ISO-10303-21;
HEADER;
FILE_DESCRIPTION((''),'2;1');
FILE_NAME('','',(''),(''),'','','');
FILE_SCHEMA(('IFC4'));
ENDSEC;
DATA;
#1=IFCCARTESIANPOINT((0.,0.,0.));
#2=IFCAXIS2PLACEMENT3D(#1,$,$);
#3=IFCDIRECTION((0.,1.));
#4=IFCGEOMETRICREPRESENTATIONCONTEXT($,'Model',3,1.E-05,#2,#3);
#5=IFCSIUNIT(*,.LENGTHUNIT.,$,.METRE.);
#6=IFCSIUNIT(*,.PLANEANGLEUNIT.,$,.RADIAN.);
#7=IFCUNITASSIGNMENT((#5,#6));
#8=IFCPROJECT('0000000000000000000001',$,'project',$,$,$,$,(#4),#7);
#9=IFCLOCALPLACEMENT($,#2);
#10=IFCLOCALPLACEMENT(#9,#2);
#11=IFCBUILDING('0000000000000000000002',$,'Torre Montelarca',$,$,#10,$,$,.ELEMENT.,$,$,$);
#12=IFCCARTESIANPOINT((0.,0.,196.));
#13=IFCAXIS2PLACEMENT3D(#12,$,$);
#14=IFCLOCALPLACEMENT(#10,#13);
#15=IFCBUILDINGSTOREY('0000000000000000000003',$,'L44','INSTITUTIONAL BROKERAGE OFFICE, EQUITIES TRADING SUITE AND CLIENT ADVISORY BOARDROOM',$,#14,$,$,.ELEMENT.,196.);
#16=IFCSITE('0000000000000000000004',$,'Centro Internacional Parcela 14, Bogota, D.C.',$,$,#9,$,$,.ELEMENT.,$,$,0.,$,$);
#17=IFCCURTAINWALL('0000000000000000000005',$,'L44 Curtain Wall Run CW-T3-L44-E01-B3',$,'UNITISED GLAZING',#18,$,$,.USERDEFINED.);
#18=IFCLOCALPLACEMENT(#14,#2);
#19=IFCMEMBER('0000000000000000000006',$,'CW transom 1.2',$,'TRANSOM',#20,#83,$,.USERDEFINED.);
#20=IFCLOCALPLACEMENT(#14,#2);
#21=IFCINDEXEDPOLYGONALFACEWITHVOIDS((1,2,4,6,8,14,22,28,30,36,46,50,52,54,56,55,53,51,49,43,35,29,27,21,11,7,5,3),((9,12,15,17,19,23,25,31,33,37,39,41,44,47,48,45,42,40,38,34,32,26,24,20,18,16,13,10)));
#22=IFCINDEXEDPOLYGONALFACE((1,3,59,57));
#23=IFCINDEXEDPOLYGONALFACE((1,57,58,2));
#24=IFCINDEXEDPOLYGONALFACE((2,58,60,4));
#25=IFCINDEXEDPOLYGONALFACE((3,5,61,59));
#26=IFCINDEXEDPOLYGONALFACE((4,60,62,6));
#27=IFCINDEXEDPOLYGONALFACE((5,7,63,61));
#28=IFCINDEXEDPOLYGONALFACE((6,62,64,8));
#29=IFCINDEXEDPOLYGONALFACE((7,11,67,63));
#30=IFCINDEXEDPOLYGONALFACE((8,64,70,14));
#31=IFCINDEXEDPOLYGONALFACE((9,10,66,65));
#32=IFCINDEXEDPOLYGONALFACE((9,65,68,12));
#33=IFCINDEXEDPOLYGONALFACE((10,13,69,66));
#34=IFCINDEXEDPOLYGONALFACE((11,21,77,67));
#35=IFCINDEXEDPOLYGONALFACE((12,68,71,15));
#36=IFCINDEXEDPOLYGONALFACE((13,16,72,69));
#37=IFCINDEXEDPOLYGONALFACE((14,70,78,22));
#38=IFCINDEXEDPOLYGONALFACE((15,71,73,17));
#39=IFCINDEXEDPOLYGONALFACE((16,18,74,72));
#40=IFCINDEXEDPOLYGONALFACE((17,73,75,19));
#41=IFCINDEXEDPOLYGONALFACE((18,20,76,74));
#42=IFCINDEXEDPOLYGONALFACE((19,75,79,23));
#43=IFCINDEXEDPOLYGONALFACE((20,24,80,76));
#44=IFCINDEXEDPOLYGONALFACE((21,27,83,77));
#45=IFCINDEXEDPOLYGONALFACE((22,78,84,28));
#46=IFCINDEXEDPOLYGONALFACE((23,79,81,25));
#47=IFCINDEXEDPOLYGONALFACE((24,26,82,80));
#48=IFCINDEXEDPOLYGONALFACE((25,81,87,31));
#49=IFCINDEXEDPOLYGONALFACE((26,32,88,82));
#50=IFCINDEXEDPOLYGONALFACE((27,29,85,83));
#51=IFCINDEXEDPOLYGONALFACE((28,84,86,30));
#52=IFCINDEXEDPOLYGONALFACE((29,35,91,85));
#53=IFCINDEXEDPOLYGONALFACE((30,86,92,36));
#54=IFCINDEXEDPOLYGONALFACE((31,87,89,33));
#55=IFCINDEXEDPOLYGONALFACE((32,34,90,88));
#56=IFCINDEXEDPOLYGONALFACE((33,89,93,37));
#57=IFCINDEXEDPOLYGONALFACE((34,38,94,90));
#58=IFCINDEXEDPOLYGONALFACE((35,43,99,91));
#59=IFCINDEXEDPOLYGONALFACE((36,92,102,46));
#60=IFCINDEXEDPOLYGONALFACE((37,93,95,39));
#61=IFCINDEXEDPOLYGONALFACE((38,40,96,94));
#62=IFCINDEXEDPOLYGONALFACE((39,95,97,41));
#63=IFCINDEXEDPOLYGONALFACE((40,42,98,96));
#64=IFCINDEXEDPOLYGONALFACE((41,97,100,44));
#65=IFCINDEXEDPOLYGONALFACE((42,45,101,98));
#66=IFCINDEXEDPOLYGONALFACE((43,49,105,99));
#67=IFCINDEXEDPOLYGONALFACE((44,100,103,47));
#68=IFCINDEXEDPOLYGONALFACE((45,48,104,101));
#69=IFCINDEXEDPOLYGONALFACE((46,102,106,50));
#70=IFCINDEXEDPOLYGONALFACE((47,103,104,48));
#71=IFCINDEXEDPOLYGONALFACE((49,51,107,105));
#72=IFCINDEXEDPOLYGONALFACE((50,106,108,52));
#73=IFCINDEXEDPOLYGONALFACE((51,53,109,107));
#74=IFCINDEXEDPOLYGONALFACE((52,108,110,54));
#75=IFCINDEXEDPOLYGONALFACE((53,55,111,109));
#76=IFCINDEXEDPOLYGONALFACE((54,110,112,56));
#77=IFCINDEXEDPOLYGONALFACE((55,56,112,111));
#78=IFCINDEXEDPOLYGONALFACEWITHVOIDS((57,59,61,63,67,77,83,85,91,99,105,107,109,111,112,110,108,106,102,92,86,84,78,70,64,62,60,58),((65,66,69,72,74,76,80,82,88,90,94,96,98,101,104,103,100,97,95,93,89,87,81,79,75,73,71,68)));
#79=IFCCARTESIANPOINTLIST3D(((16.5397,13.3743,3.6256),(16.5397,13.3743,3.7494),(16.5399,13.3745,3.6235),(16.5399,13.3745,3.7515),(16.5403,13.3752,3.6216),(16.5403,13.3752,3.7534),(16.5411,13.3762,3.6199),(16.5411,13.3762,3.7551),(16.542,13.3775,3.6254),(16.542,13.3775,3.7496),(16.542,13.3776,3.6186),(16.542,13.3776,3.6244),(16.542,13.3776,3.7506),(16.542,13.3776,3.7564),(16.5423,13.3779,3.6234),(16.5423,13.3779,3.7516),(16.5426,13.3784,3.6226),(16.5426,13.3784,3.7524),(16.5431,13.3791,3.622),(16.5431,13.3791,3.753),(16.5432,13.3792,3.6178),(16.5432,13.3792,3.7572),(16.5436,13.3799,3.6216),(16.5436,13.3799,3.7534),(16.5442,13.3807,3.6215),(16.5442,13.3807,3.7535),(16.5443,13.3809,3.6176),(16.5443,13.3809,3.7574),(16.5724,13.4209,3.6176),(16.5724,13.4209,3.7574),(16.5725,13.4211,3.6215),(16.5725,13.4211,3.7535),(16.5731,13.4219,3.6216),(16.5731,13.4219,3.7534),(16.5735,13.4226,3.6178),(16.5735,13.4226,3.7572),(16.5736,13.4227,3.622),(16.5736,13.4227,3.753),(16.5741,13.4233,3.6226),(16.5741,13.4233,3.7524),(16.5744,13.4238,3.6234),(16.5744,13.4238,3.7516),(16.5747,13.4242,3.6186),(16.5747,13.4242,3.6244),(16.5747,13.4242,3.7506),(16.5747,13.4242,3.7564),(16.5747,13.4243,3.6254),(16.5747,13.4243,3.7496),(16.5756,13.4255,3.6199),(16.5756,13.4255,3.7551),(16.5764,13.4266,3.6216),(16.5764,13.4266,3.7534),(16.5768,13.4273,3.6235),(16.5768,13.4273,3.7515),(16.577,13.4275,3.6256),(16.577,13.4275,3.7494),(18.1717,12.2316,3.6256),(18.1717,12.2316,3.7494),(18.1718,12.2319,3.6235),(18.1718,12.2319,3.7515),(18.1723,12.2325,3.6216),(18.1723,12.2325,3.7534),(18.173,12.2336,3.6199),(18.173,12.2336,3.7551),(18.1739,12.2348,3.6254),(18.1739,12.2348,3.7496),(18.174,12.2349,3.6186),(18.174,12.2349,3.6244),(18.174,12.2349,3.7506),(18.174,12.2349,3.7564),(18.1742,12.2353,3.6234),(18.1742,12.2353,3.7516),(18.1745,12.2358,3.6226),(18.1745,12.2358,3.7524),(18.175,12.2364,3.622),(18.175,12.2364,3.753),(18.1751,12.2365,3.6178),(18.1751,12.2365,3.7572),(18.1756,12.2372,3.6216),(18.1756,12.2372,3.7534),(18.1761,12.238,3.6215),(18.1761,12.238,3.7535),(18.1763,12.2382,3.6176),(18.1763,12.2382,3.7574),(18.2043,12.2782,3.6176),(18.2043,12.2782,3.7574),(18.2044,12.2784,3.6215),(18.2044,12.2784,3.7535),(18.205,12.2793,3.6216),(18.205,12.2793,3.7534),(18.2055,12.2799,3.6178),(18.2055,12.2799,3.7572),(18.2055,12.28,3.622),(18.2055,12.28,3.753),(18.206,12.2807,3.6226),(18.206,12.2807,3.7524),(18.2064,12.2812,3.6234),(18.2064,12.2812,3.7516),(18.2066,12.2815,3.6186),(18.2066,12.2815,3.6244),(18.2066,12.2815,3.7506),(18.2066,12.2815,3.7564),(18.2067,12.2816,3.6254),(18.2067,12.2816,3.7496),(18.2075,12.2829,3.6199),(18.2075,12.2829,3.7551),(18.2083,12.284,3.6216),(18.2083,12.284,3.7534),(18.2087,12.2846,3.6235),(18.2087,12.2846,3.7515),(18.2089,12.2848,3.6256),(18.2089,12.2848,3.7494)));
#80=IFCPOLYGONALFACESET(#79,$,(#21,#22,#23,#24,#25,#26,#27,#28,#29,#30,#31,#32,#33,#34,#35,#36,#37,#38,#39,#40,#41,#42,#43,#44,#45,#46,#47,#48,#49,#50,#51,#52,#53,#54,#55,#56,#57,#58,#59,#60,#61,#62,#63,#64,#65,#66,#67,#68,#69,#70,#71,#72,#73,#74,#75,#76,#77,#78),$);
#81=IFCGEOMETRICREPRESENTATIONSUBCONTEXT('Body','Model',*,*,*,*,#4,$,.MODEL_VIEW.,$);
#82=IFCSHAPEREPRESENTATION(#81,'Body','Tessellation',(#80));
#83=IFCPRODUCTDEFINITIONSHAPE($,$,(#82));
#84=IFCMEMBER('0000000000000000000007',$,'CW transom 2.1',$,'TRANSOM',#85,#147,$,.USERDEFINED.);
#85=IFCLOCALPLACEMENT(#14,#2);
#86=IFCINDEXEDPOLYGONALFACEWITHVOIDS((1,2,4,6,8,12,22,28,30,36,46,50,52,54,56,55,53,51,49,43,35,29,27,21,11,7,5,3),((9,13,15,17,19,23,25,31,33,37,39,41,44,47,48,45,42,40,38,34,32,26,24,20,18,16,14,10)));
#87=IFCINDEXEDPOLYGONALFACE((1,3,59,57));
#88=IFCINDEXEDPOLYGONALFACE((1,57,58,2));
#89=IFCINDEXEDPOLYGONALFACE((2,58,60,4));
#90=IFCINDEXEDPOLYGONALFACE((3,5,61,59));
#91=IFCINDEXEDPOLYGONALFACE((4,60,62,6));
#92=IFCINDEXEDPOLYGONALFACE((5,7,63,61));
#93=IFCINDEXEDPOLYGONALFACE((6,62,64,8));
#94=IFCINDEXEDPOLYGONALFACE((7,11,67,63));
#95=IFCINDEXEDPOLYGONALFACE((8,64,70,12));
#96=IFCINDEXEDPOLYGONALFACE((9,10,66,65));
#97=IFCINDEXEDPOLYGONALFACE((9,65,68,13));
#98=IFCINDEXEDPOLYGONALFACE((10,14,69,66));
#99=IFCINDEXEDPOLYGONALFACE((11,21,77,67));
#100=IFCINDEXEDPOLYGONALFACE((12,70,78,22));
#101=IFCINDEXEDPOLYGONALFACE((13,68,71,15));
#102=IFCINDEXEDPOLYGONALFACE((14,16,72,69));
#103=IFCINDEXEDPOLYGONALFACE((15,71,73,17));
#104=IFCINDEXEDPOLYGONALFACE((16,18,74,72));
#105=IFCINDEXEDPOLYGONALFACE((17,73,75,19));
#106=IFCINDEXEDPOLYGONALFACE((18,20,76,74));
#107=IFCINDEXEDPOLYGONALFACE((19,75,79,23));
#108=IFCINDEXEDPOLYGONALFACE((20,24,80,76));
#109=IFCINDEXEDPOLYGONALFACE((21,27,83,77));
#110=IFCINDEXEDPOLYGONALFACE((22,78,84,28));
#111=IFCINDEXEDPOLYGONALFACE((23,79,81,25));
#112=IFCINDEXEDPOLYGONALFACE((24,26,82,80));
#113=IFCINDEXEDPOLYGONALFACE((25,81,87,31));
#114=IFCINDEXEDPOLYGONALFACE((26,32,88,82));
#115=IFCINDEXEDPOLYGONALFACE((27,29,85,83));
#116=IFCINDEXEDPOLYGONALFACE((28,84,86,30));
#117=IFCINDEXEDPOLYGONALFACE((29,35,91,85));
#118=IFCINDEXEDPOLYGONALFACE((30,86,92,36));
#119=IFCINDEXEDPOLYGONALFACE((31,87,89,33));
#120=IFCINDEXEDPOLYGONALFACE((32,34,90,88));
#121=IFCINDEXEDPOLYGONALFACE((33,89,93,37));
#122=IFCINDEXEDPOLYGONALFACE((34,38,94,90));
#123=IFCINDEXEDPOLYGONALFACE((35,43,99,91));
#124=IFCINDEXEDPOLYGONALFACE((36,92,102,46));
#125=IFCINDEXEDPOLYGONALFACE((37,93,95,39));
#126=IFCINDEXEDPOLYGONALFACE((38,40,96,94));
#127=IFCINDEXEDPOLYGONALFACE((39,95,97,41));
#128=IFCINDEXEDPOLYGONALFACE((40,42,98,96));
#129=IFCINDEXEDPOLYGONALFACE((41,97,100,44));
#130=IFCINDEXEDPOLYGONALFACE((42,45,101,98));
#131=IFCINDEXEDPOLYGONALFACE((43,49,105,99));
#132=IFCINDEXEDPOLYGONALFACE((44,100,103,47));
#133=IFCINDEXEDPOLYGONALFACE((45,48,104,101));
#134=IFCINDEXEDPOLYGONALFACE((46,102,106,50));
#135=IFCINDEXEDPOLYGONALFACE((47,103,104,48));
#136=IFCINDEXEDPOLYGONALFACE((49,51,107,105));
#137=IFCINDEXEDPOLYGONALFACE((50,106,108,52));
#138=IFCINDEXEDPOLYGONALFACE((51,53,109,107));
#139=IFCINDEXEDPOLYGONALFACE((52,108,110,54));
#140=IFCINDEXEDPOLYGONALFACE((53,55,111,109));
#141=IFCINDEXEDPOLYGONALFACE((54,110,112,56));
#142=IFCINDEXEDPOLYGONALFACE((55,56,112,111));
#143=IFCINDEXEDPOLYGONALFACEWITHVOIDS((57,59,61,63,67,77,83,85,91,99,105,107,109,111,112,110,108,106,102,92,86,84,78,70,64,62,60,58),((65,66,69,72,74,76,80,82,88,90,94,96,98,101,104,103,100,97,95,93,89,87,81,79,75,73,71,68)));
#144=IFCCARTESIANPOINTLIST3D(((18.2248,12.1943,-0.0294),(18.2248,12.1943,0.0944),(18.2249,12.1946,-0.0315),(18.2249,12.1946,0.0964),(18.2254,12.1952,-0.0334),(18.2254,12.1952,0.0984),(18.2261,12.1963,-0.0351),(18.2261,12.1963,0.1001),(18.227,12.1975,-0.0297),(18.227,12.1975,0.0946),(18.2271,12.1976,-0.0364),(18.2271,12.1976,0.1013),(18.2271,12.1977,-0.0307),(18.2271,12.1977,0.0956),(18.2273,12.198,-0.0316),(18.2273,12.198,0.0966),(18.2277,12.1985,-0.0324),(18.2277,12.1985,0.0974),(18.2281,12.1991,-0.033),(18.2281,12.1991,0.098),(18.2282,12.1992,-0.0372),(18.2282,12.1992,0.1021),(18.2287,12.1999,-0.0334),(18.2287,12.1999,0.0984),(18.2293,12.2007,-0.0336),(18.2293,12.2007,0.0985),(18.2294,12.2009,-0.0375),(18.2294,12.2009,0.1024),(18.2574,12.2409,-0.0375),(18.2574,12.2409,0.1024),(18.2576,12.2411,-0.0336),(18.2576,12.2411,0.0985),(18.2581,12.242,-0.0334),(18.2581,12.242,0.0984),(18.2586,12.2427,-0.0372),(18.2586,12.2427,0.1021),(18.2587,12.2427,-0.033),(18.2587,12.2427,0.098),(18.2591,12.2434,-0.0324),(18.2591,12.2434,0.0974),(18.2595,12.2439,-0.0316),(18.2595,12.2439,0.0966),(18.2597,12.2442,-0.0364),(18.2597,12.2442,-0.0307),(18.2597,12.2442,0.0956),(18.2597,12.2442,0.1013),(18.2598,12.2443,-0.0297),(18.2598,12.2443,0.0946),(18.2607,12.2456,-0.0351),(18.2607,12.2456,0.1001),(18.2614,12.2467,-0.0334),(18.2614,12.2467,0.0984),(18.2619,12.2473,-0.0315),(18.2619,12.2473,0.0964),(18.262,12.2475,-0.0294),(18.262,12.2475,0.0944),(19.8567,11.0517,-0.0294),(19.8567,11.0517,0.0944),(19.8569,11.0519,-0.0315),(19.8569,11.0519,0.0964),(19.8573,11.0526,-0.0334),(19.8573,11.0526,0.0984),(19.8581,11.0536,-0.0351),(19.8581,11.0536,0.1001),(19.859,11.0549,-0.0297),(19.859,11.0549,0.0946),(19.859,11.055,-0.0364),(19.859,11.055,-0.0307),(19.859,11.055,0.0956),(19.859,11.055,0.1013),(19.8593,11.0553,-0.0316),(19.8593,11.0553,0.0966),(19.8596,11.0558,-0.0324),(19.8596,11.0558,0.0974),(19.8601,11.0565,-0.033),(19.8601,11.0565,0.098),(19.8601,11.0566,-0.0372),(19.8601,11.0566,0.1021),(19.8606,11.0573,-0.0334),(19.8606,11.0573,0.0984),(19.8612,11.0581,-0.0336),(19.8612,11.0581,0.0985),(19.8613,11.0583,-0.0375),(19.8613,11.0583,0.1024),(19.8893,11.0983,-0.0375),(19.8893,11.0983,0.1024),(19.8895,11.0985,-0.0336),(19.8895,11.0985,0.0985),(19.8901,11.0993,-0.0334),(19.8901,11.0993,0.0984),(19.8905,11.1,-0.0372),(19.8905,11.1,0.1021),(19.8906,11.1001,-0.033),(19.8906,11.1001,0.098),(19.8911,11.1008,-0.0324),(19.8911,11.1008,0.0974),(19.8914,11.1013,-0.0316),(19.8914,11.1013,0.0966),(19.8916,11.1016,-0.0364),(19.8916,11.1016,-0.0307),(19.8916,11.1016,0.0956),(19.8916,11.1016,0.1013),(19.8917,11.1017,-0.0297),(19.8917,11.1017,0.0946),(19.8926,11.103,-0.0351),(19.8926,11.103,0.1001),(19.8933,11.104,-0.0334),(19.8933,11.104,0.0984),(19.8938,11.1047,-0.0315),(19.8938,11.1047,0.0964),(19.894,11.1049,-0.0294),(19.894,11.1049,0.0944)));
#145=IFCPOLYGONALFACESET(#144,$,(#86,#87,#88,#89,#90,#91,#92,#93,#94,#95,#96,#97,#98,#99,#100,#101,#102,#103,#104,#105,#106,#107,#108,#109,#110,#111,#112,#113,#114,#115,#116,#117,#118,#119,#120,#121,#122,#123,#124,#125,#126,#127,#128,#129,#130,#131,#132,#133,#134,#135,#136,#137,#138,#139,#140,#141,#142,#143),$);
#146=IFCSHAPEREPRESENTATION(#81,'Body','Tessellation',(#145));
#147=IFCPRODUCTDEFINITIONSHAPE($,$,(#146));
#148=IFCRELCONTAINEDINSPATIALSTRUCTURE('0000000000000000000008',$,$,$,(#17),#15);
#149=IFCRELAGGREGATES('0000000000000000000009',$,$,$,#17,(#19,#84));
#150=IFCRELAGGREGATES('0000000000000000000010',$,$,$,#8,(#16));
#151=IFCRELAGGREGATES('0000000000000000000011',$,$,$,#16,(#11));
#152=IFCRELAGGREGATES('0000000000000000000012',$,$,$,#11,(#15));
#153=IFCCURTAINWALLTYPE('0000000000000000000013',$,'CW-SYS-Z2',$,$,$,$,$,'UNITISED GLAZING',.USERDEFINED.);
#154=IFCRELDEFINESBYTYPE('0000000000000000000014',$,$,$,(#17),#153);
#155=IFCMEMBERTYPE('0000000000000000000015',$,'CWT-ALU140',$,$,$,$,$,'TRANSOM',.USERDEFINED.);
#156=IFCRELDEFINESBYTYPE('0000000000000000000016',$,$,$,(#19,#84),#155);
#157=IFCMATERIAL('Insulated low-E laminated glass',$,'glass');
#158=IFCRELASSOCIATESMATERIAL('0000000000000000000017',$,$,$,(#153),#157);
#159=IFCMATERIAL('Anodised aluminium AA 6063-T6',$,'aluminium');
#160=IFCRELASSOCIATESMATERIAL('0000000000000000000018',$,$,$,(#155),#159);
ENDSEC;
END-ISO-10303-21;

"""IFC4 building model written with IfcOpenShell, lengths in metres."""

from ifc_helpers import new_model, si_unit, direction, frame, origin, origin_2d, place, context, subcontext, project, spatial, hollow_rectangle, extrude, source, transform, mapped, material, material_profile, profile_set, type_object, element, aggregate, save


model = new_model("IFC4")

# Units and contexts
model_context = context("Model", 3, precision=1e-05, world=origin(), true_north=direction((0.0, 1.0)))
body_context = subcontext(model_context, "Body", "Model", "MODEL_VIEW")
ifc_project = project(units=[si_unit("LENGTHUNIT", "METRE"), si_unit("PLANEANGLEUNIT", "RADIAN")], contexts=[model_context])

# Site, building, storey
site_placement = place(None, origin())
site = spatial("IfcSite", under=ifc_project, at=site_placement, Name="Centro Internacional Parcela 14, Bogota, D.C.", CompositionType="ELEMENT", RefElevation=0.0)
building_placement = place(site_placement, origin())
building = spatial("IfcBuilding", under=site, at=building_placement, Name="Torre Montelarca", CompositionType="ELEMENT")
storey_placement = place(building_placement, frame((0.0, 0.0, 196.0)))
storey = spatial("IfcBuildingStorey", under=building, at=storey_placement, Name="L44", Description="INSTITUTIONAL BROKERAGE OFFICE, EQUITIES TRADING SUITE AND CLIENT ADVISORY BOARDROOM", CompositionType="ELEMENT", Elevation=196.0)

# Curtain wall
ifc_material_1 = material(Name="Insulated low-E laminated glass", Category="glass")
curtain_wall_type = type_object("IfcCurtainWallType", Name="CW-SYS-Z2", ElementType="UNITISED GLAZING", PredefinedType="USERDEFINED", material=ifc_material_1)
ifc_material_2 = material(Name="Anodised aluminium AA 6063-T6", Category="aluminium")
ifc_material_profile_1 = material_profile(ifc_material_2, hollow_rectangle(XDim=0.0649, YDim=0.1399, WallThickness=0.0039, InnerFilletRadius=0.0039, OuterFilletRadius=0.0081, at=origin_2d()), Name="ALU65X140X4", Category="aluminium")
ifc_profile_set_1 = profile_set([ifc_material_profile_1], Name="Anodised aluminium AA 6063-T6")
member_type_1 = type_object("IfcMemberType", Name="CWT-ALU140", ElementType="TRANSOM", PredefinedType="USERDEFINED", material=ifc_profile_set_1)
curtain_wall_1_placement = place(storey_placement, origin())
curtain_wall_1 = element("IfcCurtainWall", 1, at=curtain_wall_1_placement, inside=storey, type_object=curtain_wall_type, Name="L44 Curtain Wall Run CW-T3-L44-E01-B3", ObjectType="UNITISED GLAZING", PredefinedType="USERDEFINED")

# Members
shared_shape_1 = source(origin(), body_context, "Body", "SweptSolid", [
    extrude(hollow_rectangle(XDim=0.0649, YDim=0.1399, WallThickness=0.0039, InnerFilletRadius=0.0039, OuterFilletRadius=0.0081, at=origin_2d()), origin(), (0.0, 0.0, 1.0), 1.9922),
])
member_1_placement = place(storey_placement, frame((16.5583, 13.4009, 3.6875), z_axis=(0.819163, -0.573561, 0.0), x_axis=(0.573561, 0.819163, 0.0)))
member_1 = element("IfcMember", 2, at=member_1_placement, type_object=member_type_1, Name="CW transom 1.2", ObjectType="TRANSOM", PredefinedType="USERDEFINED", context=body_context, shape_type="MappedRepresentation", body=[
    mapped(shared_shape_1, transform((0.0, 0.0, 0.0), scale=1.0)),
])
member_2_placement = place(storey_placement, frame((18.2434, 12.2209, 0.0325), z_axis=(0.819163, -0.573561, 0.0), x_axis=(0.573561, 0.819163, 0.0)))
member_2 = element("IfcMember", 3, at=member_2_placement, type_object=member_type_1, Name="CW transom 2.1", ObjectType="TRANSOM", PredefinedType="USERDEFINED", context=body_context, shape_type="MappedRepresentation", body=[
    mapped(shared_shape_1, transform((0.0, 0.0, 0.0), scale=1.0)),
])

aggregate(curtain_wall_1, [member_1, member_2])

save(model, "model.ifc")
